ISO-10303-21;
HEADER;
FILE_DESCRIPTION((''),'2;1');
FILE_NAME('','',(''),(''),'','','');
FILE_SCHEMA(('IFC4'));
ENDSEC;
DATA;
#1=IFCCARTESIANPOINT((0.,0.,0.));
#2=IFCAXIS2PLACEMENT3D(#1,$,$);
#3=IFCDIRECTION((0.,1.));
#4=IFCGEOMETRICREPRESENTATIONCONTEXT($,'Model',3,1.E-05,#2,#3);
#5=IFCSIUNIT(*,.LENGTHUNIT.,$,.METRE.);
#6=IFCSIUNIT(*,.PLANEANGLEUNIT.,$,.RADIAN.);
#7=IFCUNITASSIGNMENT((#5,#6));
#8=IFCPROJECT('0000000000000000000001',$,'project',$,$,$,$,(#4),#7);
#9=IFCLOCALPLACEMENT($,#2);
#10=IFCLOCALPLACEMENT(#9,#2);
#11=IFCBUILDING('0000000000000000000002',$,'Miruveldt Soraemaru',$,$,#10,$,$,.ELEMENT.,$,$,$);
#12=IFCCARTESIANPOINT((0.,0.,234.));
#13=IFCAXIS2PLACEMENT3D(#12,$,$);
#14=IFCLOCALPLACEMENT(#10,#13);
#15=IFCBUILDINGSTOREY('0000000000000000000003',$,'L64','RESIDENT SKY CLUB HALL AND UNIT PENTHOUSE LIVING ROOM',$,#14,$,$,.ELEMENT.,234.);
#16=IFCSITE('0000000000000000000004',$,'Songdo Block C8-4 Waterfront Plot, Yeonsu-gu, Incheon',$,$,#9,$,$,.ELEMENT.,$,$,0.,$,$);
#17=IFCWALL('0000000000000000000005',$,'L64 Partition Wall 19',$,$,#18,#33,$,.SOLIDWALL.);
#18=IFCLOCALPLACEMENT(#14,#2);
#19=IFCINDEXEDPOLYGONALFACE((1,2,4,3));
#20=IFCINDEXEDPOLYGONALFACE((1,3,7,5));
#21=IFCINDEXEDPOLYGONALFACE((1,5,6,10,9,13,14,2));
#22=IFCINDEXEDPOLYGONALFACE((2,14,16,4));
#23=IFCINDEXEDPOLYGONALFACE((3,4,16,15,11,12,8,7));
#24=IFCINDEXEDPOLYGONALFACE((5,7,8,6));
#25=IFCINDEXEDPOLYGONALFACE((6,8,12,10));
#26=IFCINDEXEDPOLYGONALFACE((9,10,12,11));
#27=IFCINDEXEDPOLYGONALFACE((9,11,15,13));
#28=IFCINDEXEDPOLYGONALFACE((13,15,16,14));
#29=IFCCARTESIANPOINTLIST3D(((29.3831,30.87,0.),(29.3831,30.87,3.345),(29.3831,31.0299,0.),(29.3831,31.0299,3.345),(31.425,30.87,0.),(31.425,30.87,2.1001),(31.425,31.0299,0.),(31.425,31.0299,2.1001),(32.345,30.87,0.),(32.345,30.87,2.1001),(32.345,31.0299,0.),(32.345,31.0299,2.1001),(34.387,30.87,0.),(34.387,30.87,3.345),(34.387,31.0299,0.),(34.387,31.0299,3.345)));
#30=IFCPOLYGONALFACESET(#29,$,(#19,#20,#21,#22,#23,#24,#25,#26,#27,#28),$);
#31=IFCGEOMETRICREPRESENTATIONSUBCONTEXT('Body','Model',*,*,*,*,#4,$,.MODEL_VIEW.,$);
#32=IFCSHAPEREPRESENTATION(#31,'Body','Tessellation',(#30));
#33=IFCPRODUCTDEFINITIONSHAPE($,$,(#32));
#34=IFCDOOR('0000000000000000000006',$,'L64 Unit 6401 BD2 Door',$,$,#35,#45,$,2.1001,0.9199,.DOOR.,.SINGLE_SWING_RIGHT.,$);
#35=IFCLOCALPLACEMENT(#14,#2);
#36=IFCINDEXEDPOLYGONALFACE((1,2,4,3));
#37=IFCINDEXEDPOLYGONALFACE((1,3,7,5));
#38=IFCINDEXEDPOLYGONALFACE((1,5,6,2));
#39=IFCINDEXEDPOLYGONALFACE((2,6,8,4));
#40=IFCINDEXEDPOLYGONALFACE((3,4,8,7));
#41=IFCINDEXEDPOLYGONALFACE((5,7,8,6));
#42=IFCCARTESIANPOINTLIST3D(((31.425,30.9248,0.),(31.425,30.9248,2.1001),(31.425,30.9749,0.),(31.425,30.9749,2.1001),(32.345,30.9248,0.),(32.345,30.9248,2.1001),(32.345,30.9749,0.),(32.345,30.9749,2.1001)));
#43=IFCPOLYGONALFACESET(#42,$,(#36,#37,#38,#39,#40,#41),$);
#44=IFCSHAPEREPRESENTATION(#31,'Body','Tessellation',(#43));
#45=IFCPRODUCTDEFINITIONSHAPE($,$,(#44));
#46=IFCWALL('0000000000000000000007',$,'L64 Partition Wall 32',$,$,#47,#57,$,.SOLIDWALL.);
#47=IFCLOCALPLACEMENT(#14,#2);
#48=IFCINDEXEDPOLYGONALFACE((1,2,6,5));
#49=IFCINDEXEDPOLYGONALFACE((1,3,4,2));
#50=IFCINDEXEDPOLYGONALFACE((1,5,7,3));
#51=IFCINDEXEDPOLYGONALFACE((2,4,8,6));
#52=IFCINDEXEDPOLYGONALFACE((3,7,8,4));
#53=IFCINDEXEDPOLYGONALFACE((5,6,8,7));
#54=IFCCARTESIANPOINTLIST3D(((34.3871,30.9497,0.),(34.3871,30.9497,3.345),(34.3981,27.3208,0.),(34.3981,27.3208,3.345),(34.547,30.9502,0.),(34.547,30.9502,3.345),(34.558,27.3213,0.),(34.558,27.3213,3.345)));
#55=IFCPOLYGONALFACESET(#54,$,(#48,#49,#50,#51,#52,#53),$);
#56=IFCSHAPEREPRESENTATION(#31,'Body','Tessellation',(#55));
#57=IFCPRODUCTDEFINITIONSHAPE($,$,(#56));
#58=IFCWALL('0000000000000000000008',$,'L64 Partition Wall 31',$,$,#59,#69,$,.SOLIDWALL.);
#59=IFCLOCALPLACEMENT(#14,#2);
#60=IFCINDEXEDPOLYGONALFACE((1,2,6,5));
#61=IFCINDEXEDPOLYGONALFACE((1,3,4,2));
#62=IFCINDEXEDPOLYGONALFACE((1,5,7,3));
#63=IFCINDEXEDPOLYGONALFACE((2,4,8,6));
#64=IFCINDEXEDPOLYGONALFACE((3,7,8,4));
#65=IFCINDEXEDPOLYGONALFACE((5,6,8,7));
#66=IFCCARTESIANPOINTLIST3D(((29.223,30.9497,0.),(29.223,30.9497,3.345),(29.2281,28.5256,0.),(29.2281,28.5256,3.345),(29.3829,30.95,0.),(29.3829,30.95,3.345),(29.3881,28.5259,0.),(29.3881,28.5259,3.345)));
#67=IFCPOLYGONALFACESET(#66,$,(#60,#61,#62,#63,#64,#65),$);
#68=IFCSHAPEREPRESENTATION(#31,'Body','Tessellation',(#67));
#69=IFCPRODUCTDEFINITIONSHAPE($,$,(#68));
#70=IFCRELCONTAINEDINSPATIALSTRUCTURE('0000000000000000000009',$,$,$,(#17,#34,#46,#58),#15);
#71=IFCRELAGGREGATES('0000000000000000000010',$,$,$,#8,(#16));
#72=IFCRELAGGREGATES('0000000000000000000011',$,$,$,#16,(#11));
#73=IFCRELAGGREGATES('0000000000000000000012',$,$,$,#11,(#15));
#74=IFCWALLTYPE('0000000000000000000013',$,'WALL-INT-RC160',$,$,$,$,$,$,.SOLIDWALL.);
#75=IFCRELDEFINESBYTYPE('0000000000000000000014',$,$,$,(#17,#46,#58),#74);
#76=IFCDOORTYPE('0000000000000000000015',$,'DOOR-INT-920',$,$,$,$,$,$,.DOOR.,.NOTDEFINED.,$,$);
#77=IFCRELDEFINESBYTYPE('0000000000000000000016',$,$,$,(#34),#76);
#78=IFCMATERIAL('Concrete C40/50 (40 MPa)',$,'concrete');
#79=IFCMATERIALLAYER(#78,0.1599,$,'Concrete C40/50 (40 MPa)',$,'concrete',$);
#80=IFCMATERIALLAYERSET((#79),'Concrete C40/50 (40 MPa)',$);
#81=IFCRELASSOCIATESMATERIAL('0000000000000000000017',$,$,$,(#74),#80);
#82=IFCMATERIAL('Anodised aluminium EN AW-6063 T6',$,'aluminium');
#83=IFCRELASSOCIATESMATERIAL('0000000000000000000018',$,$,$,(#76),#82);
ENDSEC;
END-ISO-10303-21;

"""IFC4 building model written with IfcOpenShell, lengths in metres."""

from ifc_helpers import new_model, si_unit, direction, frame, frame_2d, origin, place, context, subcontext, project, spatial, rectangle, extrude, material, layer, layer_set, type_object, element, fill, save


model = new_model("IFC4")

# Units and contexts
model_context = context("Model", 3, precision=1e-05, world=origin(), true_north=direction((0.0, 1.0)))
body_context = subcontext(model_context, "Body", "Model", "MODEL_VIEW")
ifc_project = project(units=[si_unit("LENGTHUNIT", "METRE"), si_unit("PLANEANGLEUNIT", "RADIAN")], contexts=[model_context])

# Site, building, storey
site_placement = place(None, origin())
site = spatial("IfcSite", under=ifc_project, at=site_placement, Name="Songdo Block C8-4 Waterfront Plot, Yeonsu-gu, Incheon", CompositionType="ELEMENT", RefElevation=0.0)
building_placement = place(site_placement, origin())
building = spatial("IfcBuilding", under=site, at=building_placement, Name="Miruveldt Soraemaru", CompositionType="ELEMENT")
storey_placement = place(building_placement, frame((0.0, 0.0, 234.0)))
storey = spatial("IfcBuildingStorey", under=building, at=storey_placement, Name="L64", Description="RESIDENT SKY CLUB HALL AND UNIT PENTHOUSE LIVING ROOM", CompositionType="ELEMENT", Elevation=234.0)

# Shared definitions
ifc_material_1 = material(Name="Concrete C40/50 (40 MPa)", Category="concrete")

# Wall, opening, door
ifc_layer_1 = layer(ifc_material_1, 0.1599, Name="Concrete C40/50 (40 MPa)", Category="concrete")
ifc_layer_set_1 = layer_set([ifc_layer_1], Name="Concrete C40/50 (40 MPa)")
wall_type_1 = type_object("IfcWallType", Name="WALL-INT-RC160", PredefinedType="SOLIDWALL", material=ifc_layer_set_1)
wall_1_placement = place(storey_placement, frame((29.3831, 30.95, 0.0), z_axis=(0.0, 0.0, 1.0), x_axis=(1.0, 0.0, 0.0)))
wall_1 = element("IfcWall", 1, at=wall_1_placement, inside=storey, type_object=wall_type_1, Name="L64 Partition Wall 19", PredefinedType="SOLIDWALL", context=body_context, shape_type="SweptSolid", body=[
    extrude(rectangle(XDim=5.0039, YDim=0.1599, at=frame_2d((2.502, 0.0))), origin(), (0.0, 0.0, 1.0), 3.345),
])
opening_1_placement = place(wall_1_placement, frame((2.042, 0.0, 0.0)))
opening_1 = element("IfcOpeningElement", 2, at=opening_1_placement, cuts=wall_1, PredefinedType="OPENING", context=body_context, shape_type="SweptSolid", body=[
    extrude(rectangle(XDim=0.9199, YDim=2.1001, at=frame_2d((0.46, 1.05))), frame((0.0, 0.0898, 0.0), z_axis=(0.0, -1.0, 0.0), x_axis=(1.0, 0.0, 0.0)), (0.0, 0.0, 1.0), 0.1799),
])
ifc_material_2 = material(Name="Anodised aluminium EN AW-6063 T6", Category="aluminium")
door_type = type_object("IfcDoorType", Name="DOOR-INT-920", OperationType="NOTDEFINED", PredefinedType="DOOR", material=ifc_material_2)
door_placement = place(opening_1_placement, origin())
door = element("IfcDoor", 3, at=door_placement, inside=storey, type_object=door_type, Name="L64 Unit 6401 BD2 Door", OperationType="SINGLE_SWING_RIGHT", OverallHeight=2.1001, OverallWidth=0.9199, PredefinedType="DOOR", context=body_context, shape_type="SweptSolid", body=[
    extrude(rectangle(XDim=0.9199, YDim=2.1001, at=frame_2d((0.46, 1.05))), frame((0.0, 0.0249, 0.0), z_axis=(0.0, -1.0, 0.0), x_axis=(1.0, 0.0, 0.0)), (0.0, 0.0, 1.0), 0.05),
])
fill(opening_1, door)

# Walls
wall_2_placement = place(storey_placement, frame((34.478, 27.321, 0.0), z_axis=(0.0, 0.0, 1.0), x_axis=(-0.003027, 0.999995, 0.0)))
element("IfcWall", 4, at=wall_2_placement, inside=storey, type_object=wall_type_1, Name="L64 Partition Wall 32", PredefinedType="SOLIDWALL", context=body_context, shape_type="SweptSolid", body=[
    extrude(rectangle(XDim=3.6289, YDim=0.1599, at=frame_2d((1.8145, 0.0))), origin(), (0.0, 0.0, 1.0), 3.345),
])
wall_3_placement = place(storey_placement, frame((29.3081, 28.5259, 0.0), z_axis=(0.0, 0.0, 1.0), x_axis=(-0.002115, 0.999998, 0.0)))
element("IfcWall", 5, at=wall_3_placement, inside=storey, type_object=wall_type_1, Name="L64 Partition Wall 31", PredefinedType="SOLIDWALL", context=body_context, shape_type="SweptSolid", body=[
    extrude(rectangle(XDim=2.4241, YDim=0.1599, at=frame_2d((1.2119, 0.0))), origin(), (0.0, 0.0, 1.0), 3.345),
])

save(model, "model.ifc")
